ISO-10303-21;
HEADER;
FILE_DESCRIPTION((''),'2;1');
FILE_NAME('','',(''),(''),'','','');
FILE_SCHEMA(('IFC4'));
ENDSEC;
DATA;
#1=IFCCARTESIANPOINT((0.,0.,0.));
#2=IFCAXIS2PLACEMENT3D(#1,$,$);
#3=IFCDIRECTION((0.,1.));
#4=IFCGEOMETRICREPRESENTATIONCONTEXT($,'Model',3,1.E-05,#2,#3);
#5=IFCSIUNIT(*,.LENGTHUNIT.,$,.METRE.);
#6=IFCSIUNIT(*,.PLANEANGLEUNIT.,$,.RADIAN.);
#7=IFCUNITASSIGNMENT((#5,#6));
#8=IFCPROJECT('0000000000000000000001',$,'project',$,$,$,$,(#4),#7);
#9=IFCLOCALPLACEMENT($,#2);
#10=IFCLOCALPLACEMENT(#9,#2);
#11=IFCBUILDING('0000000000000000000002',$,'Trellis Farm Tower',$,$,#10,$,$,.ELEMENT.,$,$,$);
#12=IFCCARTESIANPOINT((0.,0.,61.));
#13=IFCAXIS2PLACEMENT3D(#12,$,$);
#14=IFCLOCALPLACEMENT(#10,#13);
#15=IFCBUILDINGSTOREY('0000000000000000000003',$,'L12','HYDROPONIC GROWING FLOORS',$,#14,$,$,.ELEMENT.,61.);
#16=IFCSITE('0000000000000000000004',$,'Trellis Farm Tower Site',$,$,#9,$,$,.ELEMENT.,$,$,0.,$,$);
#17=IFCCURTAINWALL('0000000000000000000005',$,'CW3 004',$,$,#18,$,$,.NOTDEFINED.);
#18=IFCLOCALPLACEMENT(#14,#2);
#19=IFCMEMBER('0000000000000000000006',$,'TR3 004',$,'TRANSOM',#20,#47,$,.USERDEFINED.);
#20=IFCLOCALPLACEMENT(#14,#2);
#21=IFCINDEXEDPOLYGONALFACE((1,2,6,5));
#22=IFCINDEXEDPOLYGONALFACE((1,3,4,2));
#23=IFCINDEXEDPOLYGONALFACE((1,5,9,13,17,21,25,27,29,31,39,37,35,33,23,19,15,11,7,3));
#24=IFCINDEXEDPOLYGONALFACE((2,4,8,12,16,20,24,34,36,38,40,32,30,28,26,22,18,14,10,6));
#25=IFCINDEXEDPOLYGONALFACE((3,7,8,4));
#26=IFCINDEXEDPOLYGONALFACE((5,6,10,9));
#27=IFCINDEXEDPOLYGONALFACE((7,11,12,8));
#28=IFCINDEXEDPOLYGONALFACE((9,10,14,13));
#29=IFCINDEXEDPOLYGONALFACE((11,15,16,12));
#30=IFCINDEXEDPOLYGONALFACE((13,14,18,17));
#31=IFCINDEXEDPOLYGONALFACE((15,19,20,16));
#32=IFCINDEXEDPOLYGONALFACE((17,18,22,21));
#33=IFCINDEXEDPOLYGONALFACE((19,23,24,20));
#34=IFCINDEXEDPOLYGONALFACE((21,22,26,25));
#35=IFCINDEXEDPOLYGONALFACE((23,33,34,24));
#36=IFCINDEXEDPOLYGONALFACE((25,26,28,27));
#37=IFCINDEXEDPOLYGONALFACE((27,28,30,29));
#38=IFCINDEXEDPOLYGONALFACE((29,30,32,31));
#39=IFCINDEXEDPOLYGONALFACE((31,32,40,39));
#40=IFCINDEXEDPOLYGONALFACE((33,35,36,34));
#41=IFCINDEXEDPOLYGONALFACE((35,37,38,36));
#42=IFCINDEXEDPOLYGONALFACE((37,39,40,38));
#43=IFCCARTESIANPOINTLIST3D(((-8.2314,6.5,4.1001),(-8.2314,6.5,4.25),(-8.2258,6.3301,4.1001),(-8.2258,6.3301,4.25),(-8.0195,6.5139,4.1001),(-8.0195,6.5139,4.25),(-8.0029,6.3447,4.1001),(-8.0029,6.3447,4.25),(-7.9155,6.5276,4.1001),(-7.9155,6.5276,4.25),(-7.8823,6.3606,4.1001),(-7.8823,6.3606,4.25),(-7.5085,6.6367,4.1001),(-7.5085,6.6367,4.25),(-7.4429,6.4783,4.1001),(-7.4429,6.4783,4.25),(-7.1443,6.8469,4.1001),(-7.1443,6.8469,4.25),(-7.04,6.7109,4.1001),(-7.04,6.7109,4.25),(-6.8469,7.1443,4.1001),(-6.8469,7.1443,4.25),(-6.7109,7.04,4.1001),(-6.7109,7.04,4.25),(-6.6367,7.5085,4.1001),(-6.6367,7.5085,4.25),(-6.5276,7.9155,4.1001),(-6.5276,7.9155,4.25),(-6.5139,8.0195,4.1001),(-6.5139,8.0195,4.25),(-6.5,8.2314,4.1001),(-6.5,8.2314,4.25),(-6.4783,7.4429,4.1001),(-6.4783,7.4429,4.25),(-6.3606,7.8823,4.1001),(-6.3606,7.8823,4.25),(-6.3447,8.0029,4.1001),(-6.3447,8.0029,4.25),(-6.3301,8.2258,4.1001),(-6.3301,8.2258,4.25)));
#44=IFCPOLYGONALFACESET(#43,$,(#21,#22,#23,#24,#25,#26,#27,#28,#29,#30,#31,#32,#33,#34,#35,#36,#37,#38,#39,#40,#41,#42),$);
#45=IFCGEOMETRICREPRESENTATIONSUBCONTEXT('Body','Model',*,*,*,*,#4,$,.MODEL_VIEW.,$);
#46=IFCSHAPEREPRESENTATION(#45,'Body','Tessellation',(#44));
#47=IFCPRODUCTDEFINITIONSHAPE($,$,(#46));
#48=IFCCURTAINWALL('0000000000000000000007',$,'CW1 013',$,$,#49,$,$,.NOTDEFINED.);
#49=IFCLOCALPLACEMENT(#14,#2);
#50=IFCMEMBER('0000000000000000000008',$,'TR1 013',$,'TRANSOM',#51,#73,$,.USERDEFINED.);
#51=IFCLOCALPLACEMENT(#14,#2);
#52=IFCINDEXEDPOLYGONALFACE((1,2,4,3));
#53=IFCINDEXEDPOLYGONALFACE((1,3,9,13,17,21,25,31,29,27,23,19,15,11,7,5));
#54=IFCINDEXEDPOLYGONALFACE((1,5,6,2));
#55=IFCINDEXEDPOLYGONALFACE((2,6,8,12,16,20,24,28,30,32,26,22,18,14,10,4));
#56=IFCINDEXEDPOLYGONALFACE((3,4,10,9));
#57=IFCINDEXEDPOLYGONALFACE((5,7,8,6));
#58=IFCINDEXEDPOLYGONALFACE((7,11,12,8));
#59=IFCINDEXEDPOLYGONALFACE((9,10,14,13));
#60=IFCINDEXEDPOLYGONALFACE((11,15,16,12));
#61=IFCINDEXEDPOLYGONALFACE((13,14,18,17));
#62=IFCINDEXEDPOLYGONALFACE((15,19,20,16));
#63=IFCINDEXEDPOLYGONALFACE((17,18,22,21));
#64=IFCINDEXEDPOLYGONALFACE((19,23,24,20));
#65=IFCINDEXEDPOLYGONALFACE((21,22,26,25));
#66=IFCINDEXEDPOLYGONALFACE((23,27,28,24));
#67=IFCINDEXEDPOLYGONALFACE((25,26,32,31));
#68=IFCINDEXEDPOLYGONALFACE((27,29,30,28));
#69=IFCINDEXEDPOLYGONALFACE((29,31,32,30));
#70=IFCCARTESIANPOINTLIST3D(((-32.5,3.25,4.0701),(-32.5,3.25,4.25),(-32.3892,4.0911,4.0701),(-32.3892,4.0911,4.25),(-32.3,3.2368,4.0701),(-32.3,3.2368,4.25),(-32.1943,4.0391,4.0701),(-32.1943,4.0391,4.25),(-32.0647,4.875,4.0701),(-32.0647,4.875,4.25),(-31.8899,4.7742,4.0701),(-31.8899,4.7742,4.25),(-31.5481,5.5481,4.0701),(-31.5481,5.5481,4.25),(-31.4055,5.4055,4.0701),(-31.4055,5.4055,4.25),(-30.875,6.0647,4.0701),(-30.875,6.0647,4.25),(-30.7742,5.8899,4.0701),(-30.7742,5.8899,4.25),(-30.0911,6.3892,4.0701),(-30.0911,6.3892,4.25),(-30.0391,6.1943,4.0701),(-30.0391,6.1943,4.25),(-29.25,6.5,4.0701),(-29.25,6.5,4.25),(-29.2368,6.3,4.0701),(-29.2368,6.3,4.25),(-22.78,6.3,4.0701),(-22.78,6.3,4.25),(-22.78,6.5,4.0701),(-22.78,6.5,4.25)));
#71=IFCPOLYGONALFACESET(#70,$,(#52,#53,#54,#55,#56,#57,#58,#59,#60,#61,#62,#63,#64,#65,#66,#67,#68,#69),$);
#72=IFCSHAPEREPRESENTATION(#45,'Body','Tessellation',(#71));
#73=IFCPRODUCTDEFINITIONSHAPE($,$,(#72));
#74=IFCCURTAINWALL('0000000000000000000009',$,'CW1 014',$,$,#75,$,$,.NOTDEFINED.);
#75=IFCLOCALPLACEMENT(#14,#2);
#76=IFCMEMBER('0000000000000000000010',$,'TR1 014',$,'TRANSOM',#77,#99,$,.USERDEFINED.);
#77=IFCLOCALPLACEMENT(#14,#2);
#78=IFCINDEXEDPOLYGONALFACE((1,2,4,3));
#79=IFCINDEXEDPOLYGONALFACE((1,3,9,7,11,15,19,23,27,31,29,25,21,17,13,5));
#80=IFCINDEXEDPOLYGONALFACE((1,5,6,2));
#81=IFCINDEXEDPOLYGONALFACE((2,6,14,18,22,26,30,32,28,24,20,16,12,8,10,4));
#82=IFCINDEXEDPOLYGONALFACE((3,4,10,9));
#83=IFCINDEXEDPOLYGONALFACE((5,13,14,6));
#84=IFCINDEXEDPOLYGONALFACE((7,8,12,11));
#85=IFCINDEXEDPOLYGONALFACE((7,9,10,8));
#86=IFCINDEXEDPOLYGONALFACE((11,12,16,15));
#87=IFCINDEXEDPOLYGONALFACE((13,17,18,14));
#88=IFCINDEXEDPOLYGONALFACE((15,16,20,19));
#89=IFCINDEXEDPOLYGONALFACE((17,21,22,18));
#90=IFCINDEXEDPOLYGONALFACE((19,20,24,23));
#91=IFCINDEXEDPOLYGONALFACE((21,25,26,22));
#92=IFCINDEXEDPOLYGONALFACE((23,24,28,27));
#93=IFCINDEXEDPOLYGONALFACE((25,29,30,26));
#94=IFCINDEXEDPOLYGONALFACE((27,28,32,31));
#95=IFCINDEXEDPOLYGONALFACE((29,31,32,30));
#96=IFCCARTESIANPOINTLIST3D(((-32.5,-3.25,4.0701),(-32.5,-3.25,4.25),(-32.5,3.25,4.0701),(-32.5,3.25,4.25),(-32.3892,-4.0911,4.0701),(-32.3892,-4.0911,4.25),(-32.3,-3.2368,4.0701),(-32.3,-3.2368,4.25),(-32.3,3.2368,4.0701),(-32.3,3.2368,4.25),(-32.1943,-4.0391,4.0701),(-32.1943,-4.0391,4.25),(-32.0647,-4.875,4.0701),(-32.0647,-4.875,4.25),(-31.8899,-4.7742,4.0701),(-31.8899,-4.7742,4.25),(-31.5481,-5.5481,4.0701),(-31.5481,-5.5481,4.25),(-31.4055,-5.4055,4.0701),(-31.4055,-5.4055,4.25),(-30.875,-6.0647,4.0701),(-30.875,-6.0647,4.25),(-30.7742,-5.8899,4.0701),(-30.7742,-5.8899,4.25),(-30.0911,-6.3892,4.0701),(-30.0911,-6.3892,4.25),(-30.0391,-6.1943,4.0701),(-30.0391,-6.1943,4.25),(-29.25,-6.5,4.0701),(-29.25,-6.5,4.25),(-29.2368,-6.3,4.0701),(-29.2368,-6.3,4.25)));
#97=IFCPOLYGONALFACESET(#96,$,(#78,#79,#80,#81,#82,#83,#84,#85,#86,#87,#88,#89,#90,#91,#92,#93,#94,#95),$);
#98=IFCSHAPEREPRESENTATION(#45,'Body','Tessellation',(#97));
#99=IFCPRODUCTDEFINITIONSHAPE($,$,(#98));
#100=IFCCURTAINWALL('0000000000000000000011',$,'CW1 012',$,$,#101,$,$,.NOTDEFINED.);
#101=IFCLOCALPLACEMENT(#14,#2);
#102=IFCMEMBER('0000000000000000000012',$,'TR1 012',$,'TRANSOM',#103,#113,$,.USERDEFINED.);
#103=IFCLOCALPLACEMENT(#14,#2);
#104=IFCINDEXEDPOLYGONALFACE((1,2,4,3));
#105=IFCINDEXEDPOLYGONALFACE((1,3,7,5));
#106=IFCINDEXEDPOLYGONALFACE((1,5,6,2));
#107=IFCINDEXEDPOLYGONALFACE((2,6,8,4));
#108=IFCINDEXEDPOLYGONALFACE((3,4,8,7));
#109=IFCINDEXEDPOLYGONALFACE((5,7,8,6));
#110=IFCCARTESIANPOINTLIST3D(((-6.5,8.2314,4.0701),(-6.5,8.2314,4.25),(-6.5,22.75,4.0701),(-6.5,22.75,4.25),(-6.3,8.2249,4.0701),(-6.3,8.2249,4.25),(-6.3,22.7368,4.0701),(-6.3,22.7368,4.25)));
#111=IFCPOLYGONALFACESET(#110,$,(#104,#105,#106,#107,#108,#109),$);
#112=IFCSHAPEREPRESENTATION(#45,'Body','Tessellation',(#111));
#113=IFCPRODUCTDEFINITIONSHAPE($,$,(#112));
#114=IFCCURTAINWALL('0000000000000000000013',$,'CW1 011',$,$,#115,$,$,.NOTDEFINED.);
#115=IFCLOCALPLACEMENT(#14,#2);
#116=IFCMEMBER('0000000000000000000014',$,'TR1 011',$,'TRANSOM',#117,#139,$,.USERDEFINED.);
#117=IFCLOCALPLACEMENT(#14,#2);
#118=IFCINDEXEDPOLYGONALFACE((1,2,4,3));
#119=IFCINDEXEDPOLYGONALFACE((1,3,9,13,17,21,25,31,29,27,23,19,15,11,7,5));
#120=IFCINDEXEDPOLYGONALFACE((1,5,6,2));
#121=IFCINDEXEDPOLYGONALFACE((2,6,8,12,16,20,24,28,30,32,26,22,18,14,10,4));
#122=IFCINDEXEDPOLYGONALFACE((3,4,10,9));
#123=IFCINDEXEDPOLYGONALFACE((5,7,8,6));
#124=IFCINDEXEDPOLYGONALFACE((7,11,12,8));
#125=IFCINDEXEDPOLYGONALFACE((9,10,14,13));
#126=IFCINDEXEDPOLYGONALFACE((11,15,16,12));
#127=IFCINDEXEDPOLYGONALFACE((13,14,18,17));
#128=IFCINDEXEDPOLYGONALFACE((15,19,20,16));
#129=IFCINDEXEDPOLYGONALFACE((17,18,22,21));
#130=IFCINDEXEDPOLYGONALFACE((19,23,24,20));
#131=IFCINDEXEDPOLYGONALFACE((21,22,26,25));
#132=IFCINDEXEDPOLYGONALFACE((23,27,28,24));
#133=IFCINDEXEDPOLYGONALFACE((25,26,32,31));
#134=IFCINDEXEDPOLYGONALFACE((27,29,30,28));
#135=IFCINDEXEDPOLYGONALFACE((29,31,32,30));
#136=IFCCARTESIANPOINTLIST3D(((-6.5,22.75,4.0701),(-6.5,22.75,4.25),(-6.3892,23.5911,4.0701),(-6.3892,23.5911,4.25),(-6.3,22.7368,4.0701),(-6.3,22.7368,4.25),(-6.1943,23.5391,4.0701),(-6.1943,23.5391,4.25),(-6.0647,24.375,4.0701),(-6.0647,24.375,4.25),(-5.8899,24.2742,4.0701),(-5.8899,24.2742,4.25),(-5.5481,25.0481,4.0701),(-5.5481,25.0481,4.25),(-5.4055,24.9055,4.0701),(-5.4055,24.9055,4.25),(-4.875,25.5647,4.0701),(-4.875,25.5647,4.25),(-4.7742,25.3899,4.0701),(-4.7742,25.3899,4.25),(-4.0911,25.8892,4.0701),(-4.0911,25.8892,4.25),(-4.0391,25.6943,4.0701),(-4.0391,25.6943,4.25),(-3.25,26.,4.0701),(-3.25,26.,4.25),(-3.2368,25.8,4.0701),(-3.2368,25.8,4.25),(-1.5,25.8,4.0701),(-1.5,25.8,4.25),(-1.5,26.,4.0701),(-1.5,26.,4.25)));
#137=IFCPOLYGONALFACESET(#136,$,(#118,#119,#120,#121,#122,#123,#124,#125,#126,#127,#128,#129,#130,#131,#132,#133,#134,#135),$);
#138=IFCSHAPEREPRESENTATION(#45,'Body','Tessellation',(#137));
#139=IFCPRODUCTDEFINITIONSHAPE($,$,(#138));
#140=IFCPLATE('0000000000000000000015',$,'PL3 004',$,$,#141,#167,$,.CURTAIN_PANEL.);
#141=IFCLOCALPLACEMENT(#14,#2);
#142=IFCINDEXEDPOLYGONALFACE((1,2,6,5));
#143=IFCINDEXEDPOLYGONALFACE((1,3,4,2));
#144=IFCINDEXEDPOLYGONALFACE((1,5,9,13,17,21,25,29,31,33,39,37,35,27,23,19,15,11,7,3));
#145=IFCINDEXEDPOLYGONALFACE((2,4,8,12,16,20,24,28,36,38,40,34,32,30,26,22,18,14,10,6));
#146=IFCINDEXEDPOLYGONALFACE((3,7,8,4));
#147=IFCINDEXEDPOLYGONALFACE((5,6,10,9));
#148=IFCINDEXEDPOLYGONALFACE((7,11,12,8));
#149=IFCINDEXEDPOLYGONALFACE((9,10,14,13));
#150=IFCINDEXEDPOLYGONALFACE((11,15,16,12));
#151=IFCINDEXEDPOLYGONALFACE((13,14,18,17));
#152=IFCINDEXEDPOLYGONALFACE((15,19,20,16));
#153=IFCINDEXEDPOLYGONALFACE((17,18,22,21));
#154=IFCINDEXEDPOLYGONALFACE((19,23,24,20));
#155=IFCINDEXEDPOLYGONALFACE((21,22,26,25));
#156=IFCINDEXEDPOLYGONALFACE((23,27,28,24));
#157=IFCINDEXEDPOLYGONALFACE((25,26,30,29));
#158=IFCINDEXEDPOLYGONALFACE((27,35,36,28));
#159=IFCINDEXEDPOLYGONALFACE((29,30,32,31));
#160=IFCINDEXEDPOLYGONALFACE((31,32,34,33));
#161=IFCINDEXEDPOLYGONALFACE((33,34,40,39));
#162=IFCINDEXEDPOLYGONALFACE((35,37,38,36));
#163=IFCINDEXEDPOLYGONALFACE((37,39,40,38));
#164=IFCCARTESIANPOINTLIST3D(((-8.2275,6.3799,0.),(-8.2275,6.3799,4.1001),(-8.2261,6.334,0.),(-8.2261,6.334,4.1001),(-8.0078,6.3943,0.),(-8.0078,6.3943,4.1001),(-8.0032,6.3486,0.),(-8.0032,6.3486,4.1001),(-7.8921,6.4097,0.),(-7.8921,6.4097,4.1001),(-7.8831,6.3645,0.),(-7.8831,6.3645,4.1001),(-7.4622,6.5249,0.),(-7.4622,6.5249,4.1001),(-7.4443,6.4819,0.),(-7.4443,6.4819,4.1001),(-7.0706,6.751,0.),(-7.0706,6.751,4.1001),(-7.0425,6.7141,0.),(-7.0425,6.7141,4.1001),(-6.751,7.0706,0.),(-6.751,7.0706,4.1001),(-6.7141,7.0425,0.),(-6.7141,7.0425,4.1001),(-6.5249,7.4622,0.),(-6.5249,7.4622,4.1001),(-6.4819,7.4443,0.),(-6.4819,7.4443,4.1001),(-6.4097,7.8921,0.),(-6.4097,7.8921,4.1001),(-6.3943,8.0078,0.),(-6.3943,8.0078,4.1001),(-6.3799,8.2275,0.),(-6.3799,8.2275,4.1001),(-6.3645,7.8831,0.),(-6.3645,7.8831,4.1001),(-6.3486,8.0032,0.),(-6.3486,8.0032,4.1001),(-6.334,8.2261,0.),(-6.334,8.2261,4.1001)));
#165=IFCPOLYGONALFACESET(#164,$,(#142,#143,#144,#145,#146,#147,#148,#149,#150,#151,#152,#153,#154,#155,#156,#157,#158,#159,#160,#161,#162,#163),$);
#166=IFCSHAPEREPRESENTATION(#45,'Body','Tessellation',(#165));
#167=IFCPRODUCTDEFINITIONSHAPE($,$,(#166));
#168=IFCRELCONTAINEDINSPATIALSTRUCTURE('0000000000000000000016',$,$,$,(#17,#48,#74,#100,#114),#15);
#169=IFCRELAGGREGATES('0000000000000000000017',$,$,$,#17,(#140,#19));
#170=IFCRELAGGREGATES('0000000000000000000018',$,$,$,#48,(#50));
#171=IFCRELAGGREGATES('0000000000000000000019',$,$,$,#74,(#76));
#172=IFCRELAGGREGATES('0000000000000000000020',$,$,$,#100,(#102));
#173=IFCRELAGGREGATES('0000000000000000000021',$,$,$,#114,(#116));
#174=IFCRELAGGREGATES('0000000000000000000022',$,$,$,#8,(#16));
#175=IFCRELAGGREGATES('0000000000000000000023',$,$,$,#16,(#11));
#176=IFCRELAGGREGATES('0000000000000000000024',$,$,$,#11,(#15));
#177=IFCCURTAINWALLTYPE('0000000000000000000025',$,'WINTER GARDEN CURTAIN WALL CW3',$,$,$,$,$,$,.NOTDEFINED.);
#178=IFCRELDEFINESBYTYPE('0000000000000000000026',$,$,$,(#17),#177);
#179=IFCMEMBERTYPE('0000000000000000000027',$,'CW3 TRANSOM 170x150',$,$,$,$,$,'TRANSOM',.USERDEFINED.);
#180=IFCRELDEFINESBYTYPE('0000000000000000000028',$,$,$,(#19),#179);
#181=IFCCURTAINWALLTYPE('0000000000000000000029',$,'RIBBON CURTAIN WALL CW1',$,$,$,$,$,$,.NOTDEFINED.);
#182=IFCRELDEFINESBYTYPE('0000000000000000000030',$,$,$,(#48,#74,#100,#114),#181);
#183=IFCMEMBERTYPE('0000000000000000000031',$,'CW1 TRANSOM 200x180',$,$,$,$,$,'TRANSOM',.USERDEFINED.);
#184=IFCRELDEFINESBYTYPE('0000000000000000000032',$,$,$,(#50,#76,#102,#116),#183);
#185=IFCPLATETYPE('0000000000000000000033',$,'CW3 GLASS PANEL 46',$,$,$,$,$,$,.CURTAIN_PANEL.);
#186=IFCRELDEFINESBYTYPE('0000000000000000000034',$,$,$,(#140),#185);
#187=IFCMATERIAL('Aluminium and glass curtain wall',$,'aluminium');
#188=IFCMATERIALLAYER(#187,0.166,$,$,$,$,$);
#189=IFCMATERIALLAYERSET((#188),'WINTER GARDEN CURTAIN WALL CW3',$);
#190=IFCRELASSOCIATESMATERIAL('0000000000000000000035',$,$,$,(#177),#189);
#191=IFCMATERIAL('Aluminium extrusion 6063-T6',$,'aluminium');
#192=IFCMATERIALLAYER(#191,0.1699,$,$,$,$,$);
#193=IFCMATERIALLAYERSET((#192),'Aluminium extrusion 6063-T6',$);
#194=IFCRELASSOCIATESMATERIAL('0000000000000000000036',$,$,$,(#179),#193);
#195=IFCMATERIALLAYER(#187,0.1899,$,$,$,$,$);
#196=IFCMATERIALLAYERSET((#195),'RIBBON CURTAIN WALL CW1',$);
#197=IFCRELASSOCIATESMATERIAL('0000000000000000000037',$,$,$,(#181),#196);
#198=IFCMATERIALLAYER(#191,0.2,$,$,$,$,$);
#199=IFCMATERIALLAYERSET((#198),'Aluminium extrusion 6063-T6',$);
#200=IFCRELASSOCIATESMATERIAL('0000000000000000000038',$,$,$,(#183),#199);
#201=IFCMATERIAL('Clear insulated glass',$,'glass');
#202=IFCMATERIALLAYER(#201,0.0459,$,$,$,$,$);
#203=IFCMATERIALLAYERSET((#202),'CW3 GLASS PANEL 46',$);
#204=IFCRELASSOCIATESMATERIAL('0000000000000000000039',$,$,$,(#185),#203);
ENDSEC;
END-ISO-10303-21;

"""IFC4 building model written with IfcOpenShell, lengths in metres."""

from ifc_helpers import new_model, si_unit, direction, frame, origin, place, context, subcontext, project, spatial, polyline, outline, extrude, source, transform, mapped, material, layer, layer_set, type_object, element, aggregate, save


model = new_model("IFC4")

# Units and contexts
model_context = context("Model", 3, precision=1e-05, world=origin(), true_north=direction((0.0, 1.0)))
body_context = subcontext(model_context, "Body", "Model", "MODEL_VIEW")
ifc_project = project(units=[si_unit("LENGTHUNIT", "METRE"), si_unit("PLANEANGLEUNIT", "RADIAN")], contexts=[model_context])

# Site, building, storey
site_placement = place(None, origin())
site = spatial("IfcSite", under=ifc_project, at=site_placement, Name="Trellis Farm Tower Site", CompositionType="ELEMENT", RefElevation=0.0)
building_placement = place(site_placement, origin())
building = spatial("IfcBuilding", under=site, at=building_placement, Name="Trellis Farm Tower", CompositionType="ELEMENT")
storey_placement = place(building_placement, frame((0.0, 0.0, 61.0)))
storey = spatial("IfcBuildingStorey", under=building, at=storey_placement, Name="L12", Description="HYDROPONIC GROWING FLOORS", CompositionType="ELEMENT", Elevation=61.0)

# Curtain walls, members
ifc_material_1 = material(Name="Aluminium and glass curtain wall", Category="aluminium")
ifc_layer_1 = layer(ifc_material_1, 0.166)
ifc_layer_set_1 = layer_set([ifc_layer_1], Name="WINTER GARDEN CURTAIN WALL CW3")
curtain_wall_type_1 = type_object("IfcCurtainWallType", Name="WINTER GARDEN CURTAIN WALL CW3", PredefinedType="NOTDEFINED", material=ifc_layer_set_1)
placement_1 = place(storey_placement, origin())
curtain_wall_1 = element("IfcCurtainWall", 1, at=placement_1, inside=storey, type_object=curtain_wall_type_1, Name="CW3 004", PredefinedType="NOTDEFINED")
ifc_material_2 = material(Name="Aluminium extrusion 6063-T6", Category="aluminium")
ifc_layer_2 = layer(ifc_material_2, 0.1699)
ifc_layer_set_2 = layer_set([ifc_layer_2], Name="Aluminium extrusion 6063-T6")
member_type_1 = type_object("IfcMemberType", Name="CW3 TRANSOM 170x150", ElementType="TRANSOM", PredefinedType="USERDEFINED", material=ifc_layer_set_2)
shared_shape_1 = source(origin(), body_context, "Body", "SweptSolid", [
    extrude(outline(polyline([(-6.5, 8.2314), (-6.5139, 8.0195), (-6.5276, 7.9155), (-6.6367, 7.5085), (-6.8469, 7.1443), (-7.1443, 6.8469), (-7.5085, 6.6367), (-7.9155, 6.5276), (-8.0195, 6.5139), (-8.2314, 6.5), (-8.2258, 6.3301), (-8.0029, 6.3447), (-7.8823, 6.3606), (-7.4429, 6.4783), (-7.04, 6.7109), (-6.7109, 7.04), (-6.4783, 7.4429), (-6.3606, 7.8823), (-6.3447, 8.0029), (-6.3301, 8.2258), (-6.5, 8.2314)])), origin(), (0.0, 0.0, 1.0), 0.1499),
])
member_1_placement = place(storey_placement, frame((0.0, 0.0, 4.1001)))
member_1 = element("IfcMember", 2, at=member_1_placement, type_object=member_type_1, Name="TR3 004", ObjectType="TRANSOM", PredefinedType="USERDEFINED", context=body_context, shape_type="MappedRepresentation", body=[
    mapped(shared_shape_1, transform((0.0, 0.0, 0.0))),
])
ifc_layer_3 = layer(ifc_material_1, 0.1899)
ifc_layer_set_3 = layer_set([ifc_layer_3], Name="RIBBON CURTAIN WALL CW1")
curtain_wall_type_2 = type_object("IfcCurtainWallType", Name="RIBBON CURTAIN WALL CW1", PredefinedType="NOTDEFINED", material=ifc_layer_set_3)
curtain_wall_2 = element("IfcCurtainWall", 3, at=placement_1, inside=storey, type_object=curtain_wall_type_2, Name="CW1 013", PredefinedType="NOTDEFINED")
ifc_layer_4 = layer(ifc_material_2, 0.2)
ifc_layer_set_4 = layer_set([ifc_layer_4], Name="Aluminium extrusion 6063-T6")
member_type_2 = type_object("IfcMemberType", Name="CW1 TRANSOM 200x180", ElementType="TRANSOM", PredefinedType="USERDEFINED", material=ifc_layer_set_4)
shared_shape_2 = source(origin(), body_context, "Body", "SweptSolid", [
    extrude(outline(polyline([(-22.78, 6.5), (-29.25, 6.5), (-30.0911, 6.3892), (-30.875, 6.0647), (-31.5481, 5.5481), (-32.0647, 4.875), (-32.3892, 4.0911), (-32.5, 3.25), (-32.3, 3.2368), (-32.1943, 4.0391), (-31.8899, 4.7742), (-31.4055, 5.4055), (-30.7742, 5.8899), (-30.0391, 6.1943), (-29.2368, 6.3), (-22.78, 6.3), (-22.78, 6.5)])), origin(), (0.0, 0.0, 1.0), 0.1799),
])
placement_2 = place(storey_placement, frame((0.0, 0.0, 4.0701)))
member_2 = element("IfcMember", 4, at=placement_2, type_object=member_type_2, Name="TR1 013", ObjectType="TRANSOM", PredefinedType="USERDEFINED", context=body_context, shape_type="MappedRepresentation", body=[
    mapped(shared_shape_2, transform((0.0, 0.0, 0.0))),
])
curtain_wall_3 = element("IfcCurtainWall", 5, at=placement_1, inside=storey, type_object=curtain_wall_type_2, Name="CW1 014", PredefinedType="NOTDEFINED")
shared_shape_3 = source(origin(), body_context, "Body", "SweptSolid", [
    extrude(outline(polyline([(-32.5, 3.25), (-32.5, -3.25), (-32.3892, -4.0911), (-32.0647, -4.875), (-31.5481, -5.5481), (-30.875, -6.0647), (-30.0911, -6.3892), (-29.25, -6.5), (-29.2368, -6.3), (-30.0391, -6.1943), (-30.7742, -5.8899), (-31.4055, -5.4055), (-31.8899, -4.7742), (-32.1943, -4.0391), (-32.3, -3.2368), (-32.3, 3.2368), (-32.5, 3.25)])), origin(), (0.0, 0.0, 1.0), 0.1799),
])
member_3 = element("IfcMember", 6, at=placement_2, type_object=member_type_2, Name="TR1 014", ObjectType="TRANSOM", PredefinedType="USERDEFINED", context=body_context, shape_type="MappedRepresentation", body=[
    mapped(shared_shape_3, transform((0.0, 0.0, 0.0))),
])
curtain_wall_4 = element("IfcCurtainWall", 7, at=placement_1, inside=storey, type_object=curtain_wall_type_2, Name="CW1 012", PredefinedType="NOTDEFINED")
shared_shape_4 = source(origin(), body_context, "Body", "SweptSolid", [
    extrude(outline(polyline([(-6.5, 22.75), (-6.5, 8.2314), (-6.3, 8.2249), (-6.3, 22.7368), (-6.5, 22.75)])), origin(), (0.0, 0.0, 1.0), 0.1799),
])
member_4 = element("IfcMember", 8, at=placement_2, type_object=member_type_2, Name="TR1 012", ObjectType="TRANSOM", PredefinedType="USERDEFINED", context=body_context, shape_type="MappedRepresentation", body=[
    mapped(shared_shape_4, transform((0.0, 0.0, 0.0))),
])
curtain_wall_5 = element("IfcCurtainWall", 9, at=placement_1, inside=storey, type_object=curtain_wall_type_2, Name="CW1 011", PredefinedType="NOTDEFINED")
shared_shape_5 = source(origin(), body_context, "Body", "SweptSolid", [
    extrude(outline(polyline([(-1.5, 26.0), (-3.25, 26.0), (-4.0911, 25.8892), (-4.875, 25.5647), (-5.5481, 25.0481), (-6.0647, 24.375), (-6.3892, 23.5911), (-6.5, 22.75), (-6.3, 22.7368), (-6.1943, 23.5391), (-5.8899, 24.2742), (-5.4055, 24.9055), (-4.7742, 25.3899), (-4.0391, 25.6943), (-3.2368, 25.8), (-1.5, 25.8), (-1.5, 26.0)])), origin(), (0.0, 0.0, 1.0), 0.1799),
])
member_5 = element("IfcMember", 10, at=placement_2, type_object=member_type_2, Name="TR1 011", ObjectType="TRANSOM", PredefinedType="USERDEFINED", context=body_context, shape_type="MappedRepresentation", body=[
    mapped(shared_shape_5, transform((0.0, 0.0, 0.0))),
])

# Plate
ifc_material_3 = material(Name="Clear insulated glass", Category="glass")
ifc_layer_5 = layer(ifc_material_3, 0.0459)
ifc_layer_set_5 = layer_set([ifc_layer_5], Name="CW3 GLASS PANEL 46")
plate_type_1 = type_object("IfcPlateType", Name="CW3 GLASS PANEL 46", PredefinedType="CURTAIN_PANEL", material=ifc_layer_set_5)
shared_shape_6 = source(origin(), body_context, "Body", "SweptSolid", [
    extrude(outline(polyline([(-6.3799, 8.2275), (-6.3943, 8.0078), (-6.4097, 7.8921), (-6.5249, 7.4622), (-6.751, 7.0706), (-7.0706, 6.751), (-7.4622, 6.5249), (-7.8921, 6.4097), (-8.0078, 6.3943), (-8.2275, 6.3799), (-8.2261, 6.334), (-8.0032, 6.3486), (-7.8831, 6.3645), (-7.4443, 6.4819), (-7.0425, 6.7141), (-6.7141, 7.0425), (-6.4819, 7.4443), (-6.3645, 7.8831), (-6.3486, 8.0032), (-6.334, 8.2261), (-6.3799, 8.2275)])), origin(), (0.0, 0.0, 1.0), 4.1001),
])
plate_1 = element("IfcPlate", 11, at=placement_1, type_object=plate_type_1, Name="PL3 004", PredefinedType="CURTAIN_PANEL", context=body_context, shape_type="MappedRepresentation", body=[
    mapped(shared_shape_6, transform((0.0, 0.0, 0.0))),
])
aggregate(curtain_wall_1, [plate_1, member_1])
aggregate(curtain_wall_2, [member_2])
aggregate(curtain_wall_3, [member_3])
aggregate(curtain_wall_4, [member_4])
aggregate(curtain_wall_5, [member_5])

save(model, "model.ifc")
